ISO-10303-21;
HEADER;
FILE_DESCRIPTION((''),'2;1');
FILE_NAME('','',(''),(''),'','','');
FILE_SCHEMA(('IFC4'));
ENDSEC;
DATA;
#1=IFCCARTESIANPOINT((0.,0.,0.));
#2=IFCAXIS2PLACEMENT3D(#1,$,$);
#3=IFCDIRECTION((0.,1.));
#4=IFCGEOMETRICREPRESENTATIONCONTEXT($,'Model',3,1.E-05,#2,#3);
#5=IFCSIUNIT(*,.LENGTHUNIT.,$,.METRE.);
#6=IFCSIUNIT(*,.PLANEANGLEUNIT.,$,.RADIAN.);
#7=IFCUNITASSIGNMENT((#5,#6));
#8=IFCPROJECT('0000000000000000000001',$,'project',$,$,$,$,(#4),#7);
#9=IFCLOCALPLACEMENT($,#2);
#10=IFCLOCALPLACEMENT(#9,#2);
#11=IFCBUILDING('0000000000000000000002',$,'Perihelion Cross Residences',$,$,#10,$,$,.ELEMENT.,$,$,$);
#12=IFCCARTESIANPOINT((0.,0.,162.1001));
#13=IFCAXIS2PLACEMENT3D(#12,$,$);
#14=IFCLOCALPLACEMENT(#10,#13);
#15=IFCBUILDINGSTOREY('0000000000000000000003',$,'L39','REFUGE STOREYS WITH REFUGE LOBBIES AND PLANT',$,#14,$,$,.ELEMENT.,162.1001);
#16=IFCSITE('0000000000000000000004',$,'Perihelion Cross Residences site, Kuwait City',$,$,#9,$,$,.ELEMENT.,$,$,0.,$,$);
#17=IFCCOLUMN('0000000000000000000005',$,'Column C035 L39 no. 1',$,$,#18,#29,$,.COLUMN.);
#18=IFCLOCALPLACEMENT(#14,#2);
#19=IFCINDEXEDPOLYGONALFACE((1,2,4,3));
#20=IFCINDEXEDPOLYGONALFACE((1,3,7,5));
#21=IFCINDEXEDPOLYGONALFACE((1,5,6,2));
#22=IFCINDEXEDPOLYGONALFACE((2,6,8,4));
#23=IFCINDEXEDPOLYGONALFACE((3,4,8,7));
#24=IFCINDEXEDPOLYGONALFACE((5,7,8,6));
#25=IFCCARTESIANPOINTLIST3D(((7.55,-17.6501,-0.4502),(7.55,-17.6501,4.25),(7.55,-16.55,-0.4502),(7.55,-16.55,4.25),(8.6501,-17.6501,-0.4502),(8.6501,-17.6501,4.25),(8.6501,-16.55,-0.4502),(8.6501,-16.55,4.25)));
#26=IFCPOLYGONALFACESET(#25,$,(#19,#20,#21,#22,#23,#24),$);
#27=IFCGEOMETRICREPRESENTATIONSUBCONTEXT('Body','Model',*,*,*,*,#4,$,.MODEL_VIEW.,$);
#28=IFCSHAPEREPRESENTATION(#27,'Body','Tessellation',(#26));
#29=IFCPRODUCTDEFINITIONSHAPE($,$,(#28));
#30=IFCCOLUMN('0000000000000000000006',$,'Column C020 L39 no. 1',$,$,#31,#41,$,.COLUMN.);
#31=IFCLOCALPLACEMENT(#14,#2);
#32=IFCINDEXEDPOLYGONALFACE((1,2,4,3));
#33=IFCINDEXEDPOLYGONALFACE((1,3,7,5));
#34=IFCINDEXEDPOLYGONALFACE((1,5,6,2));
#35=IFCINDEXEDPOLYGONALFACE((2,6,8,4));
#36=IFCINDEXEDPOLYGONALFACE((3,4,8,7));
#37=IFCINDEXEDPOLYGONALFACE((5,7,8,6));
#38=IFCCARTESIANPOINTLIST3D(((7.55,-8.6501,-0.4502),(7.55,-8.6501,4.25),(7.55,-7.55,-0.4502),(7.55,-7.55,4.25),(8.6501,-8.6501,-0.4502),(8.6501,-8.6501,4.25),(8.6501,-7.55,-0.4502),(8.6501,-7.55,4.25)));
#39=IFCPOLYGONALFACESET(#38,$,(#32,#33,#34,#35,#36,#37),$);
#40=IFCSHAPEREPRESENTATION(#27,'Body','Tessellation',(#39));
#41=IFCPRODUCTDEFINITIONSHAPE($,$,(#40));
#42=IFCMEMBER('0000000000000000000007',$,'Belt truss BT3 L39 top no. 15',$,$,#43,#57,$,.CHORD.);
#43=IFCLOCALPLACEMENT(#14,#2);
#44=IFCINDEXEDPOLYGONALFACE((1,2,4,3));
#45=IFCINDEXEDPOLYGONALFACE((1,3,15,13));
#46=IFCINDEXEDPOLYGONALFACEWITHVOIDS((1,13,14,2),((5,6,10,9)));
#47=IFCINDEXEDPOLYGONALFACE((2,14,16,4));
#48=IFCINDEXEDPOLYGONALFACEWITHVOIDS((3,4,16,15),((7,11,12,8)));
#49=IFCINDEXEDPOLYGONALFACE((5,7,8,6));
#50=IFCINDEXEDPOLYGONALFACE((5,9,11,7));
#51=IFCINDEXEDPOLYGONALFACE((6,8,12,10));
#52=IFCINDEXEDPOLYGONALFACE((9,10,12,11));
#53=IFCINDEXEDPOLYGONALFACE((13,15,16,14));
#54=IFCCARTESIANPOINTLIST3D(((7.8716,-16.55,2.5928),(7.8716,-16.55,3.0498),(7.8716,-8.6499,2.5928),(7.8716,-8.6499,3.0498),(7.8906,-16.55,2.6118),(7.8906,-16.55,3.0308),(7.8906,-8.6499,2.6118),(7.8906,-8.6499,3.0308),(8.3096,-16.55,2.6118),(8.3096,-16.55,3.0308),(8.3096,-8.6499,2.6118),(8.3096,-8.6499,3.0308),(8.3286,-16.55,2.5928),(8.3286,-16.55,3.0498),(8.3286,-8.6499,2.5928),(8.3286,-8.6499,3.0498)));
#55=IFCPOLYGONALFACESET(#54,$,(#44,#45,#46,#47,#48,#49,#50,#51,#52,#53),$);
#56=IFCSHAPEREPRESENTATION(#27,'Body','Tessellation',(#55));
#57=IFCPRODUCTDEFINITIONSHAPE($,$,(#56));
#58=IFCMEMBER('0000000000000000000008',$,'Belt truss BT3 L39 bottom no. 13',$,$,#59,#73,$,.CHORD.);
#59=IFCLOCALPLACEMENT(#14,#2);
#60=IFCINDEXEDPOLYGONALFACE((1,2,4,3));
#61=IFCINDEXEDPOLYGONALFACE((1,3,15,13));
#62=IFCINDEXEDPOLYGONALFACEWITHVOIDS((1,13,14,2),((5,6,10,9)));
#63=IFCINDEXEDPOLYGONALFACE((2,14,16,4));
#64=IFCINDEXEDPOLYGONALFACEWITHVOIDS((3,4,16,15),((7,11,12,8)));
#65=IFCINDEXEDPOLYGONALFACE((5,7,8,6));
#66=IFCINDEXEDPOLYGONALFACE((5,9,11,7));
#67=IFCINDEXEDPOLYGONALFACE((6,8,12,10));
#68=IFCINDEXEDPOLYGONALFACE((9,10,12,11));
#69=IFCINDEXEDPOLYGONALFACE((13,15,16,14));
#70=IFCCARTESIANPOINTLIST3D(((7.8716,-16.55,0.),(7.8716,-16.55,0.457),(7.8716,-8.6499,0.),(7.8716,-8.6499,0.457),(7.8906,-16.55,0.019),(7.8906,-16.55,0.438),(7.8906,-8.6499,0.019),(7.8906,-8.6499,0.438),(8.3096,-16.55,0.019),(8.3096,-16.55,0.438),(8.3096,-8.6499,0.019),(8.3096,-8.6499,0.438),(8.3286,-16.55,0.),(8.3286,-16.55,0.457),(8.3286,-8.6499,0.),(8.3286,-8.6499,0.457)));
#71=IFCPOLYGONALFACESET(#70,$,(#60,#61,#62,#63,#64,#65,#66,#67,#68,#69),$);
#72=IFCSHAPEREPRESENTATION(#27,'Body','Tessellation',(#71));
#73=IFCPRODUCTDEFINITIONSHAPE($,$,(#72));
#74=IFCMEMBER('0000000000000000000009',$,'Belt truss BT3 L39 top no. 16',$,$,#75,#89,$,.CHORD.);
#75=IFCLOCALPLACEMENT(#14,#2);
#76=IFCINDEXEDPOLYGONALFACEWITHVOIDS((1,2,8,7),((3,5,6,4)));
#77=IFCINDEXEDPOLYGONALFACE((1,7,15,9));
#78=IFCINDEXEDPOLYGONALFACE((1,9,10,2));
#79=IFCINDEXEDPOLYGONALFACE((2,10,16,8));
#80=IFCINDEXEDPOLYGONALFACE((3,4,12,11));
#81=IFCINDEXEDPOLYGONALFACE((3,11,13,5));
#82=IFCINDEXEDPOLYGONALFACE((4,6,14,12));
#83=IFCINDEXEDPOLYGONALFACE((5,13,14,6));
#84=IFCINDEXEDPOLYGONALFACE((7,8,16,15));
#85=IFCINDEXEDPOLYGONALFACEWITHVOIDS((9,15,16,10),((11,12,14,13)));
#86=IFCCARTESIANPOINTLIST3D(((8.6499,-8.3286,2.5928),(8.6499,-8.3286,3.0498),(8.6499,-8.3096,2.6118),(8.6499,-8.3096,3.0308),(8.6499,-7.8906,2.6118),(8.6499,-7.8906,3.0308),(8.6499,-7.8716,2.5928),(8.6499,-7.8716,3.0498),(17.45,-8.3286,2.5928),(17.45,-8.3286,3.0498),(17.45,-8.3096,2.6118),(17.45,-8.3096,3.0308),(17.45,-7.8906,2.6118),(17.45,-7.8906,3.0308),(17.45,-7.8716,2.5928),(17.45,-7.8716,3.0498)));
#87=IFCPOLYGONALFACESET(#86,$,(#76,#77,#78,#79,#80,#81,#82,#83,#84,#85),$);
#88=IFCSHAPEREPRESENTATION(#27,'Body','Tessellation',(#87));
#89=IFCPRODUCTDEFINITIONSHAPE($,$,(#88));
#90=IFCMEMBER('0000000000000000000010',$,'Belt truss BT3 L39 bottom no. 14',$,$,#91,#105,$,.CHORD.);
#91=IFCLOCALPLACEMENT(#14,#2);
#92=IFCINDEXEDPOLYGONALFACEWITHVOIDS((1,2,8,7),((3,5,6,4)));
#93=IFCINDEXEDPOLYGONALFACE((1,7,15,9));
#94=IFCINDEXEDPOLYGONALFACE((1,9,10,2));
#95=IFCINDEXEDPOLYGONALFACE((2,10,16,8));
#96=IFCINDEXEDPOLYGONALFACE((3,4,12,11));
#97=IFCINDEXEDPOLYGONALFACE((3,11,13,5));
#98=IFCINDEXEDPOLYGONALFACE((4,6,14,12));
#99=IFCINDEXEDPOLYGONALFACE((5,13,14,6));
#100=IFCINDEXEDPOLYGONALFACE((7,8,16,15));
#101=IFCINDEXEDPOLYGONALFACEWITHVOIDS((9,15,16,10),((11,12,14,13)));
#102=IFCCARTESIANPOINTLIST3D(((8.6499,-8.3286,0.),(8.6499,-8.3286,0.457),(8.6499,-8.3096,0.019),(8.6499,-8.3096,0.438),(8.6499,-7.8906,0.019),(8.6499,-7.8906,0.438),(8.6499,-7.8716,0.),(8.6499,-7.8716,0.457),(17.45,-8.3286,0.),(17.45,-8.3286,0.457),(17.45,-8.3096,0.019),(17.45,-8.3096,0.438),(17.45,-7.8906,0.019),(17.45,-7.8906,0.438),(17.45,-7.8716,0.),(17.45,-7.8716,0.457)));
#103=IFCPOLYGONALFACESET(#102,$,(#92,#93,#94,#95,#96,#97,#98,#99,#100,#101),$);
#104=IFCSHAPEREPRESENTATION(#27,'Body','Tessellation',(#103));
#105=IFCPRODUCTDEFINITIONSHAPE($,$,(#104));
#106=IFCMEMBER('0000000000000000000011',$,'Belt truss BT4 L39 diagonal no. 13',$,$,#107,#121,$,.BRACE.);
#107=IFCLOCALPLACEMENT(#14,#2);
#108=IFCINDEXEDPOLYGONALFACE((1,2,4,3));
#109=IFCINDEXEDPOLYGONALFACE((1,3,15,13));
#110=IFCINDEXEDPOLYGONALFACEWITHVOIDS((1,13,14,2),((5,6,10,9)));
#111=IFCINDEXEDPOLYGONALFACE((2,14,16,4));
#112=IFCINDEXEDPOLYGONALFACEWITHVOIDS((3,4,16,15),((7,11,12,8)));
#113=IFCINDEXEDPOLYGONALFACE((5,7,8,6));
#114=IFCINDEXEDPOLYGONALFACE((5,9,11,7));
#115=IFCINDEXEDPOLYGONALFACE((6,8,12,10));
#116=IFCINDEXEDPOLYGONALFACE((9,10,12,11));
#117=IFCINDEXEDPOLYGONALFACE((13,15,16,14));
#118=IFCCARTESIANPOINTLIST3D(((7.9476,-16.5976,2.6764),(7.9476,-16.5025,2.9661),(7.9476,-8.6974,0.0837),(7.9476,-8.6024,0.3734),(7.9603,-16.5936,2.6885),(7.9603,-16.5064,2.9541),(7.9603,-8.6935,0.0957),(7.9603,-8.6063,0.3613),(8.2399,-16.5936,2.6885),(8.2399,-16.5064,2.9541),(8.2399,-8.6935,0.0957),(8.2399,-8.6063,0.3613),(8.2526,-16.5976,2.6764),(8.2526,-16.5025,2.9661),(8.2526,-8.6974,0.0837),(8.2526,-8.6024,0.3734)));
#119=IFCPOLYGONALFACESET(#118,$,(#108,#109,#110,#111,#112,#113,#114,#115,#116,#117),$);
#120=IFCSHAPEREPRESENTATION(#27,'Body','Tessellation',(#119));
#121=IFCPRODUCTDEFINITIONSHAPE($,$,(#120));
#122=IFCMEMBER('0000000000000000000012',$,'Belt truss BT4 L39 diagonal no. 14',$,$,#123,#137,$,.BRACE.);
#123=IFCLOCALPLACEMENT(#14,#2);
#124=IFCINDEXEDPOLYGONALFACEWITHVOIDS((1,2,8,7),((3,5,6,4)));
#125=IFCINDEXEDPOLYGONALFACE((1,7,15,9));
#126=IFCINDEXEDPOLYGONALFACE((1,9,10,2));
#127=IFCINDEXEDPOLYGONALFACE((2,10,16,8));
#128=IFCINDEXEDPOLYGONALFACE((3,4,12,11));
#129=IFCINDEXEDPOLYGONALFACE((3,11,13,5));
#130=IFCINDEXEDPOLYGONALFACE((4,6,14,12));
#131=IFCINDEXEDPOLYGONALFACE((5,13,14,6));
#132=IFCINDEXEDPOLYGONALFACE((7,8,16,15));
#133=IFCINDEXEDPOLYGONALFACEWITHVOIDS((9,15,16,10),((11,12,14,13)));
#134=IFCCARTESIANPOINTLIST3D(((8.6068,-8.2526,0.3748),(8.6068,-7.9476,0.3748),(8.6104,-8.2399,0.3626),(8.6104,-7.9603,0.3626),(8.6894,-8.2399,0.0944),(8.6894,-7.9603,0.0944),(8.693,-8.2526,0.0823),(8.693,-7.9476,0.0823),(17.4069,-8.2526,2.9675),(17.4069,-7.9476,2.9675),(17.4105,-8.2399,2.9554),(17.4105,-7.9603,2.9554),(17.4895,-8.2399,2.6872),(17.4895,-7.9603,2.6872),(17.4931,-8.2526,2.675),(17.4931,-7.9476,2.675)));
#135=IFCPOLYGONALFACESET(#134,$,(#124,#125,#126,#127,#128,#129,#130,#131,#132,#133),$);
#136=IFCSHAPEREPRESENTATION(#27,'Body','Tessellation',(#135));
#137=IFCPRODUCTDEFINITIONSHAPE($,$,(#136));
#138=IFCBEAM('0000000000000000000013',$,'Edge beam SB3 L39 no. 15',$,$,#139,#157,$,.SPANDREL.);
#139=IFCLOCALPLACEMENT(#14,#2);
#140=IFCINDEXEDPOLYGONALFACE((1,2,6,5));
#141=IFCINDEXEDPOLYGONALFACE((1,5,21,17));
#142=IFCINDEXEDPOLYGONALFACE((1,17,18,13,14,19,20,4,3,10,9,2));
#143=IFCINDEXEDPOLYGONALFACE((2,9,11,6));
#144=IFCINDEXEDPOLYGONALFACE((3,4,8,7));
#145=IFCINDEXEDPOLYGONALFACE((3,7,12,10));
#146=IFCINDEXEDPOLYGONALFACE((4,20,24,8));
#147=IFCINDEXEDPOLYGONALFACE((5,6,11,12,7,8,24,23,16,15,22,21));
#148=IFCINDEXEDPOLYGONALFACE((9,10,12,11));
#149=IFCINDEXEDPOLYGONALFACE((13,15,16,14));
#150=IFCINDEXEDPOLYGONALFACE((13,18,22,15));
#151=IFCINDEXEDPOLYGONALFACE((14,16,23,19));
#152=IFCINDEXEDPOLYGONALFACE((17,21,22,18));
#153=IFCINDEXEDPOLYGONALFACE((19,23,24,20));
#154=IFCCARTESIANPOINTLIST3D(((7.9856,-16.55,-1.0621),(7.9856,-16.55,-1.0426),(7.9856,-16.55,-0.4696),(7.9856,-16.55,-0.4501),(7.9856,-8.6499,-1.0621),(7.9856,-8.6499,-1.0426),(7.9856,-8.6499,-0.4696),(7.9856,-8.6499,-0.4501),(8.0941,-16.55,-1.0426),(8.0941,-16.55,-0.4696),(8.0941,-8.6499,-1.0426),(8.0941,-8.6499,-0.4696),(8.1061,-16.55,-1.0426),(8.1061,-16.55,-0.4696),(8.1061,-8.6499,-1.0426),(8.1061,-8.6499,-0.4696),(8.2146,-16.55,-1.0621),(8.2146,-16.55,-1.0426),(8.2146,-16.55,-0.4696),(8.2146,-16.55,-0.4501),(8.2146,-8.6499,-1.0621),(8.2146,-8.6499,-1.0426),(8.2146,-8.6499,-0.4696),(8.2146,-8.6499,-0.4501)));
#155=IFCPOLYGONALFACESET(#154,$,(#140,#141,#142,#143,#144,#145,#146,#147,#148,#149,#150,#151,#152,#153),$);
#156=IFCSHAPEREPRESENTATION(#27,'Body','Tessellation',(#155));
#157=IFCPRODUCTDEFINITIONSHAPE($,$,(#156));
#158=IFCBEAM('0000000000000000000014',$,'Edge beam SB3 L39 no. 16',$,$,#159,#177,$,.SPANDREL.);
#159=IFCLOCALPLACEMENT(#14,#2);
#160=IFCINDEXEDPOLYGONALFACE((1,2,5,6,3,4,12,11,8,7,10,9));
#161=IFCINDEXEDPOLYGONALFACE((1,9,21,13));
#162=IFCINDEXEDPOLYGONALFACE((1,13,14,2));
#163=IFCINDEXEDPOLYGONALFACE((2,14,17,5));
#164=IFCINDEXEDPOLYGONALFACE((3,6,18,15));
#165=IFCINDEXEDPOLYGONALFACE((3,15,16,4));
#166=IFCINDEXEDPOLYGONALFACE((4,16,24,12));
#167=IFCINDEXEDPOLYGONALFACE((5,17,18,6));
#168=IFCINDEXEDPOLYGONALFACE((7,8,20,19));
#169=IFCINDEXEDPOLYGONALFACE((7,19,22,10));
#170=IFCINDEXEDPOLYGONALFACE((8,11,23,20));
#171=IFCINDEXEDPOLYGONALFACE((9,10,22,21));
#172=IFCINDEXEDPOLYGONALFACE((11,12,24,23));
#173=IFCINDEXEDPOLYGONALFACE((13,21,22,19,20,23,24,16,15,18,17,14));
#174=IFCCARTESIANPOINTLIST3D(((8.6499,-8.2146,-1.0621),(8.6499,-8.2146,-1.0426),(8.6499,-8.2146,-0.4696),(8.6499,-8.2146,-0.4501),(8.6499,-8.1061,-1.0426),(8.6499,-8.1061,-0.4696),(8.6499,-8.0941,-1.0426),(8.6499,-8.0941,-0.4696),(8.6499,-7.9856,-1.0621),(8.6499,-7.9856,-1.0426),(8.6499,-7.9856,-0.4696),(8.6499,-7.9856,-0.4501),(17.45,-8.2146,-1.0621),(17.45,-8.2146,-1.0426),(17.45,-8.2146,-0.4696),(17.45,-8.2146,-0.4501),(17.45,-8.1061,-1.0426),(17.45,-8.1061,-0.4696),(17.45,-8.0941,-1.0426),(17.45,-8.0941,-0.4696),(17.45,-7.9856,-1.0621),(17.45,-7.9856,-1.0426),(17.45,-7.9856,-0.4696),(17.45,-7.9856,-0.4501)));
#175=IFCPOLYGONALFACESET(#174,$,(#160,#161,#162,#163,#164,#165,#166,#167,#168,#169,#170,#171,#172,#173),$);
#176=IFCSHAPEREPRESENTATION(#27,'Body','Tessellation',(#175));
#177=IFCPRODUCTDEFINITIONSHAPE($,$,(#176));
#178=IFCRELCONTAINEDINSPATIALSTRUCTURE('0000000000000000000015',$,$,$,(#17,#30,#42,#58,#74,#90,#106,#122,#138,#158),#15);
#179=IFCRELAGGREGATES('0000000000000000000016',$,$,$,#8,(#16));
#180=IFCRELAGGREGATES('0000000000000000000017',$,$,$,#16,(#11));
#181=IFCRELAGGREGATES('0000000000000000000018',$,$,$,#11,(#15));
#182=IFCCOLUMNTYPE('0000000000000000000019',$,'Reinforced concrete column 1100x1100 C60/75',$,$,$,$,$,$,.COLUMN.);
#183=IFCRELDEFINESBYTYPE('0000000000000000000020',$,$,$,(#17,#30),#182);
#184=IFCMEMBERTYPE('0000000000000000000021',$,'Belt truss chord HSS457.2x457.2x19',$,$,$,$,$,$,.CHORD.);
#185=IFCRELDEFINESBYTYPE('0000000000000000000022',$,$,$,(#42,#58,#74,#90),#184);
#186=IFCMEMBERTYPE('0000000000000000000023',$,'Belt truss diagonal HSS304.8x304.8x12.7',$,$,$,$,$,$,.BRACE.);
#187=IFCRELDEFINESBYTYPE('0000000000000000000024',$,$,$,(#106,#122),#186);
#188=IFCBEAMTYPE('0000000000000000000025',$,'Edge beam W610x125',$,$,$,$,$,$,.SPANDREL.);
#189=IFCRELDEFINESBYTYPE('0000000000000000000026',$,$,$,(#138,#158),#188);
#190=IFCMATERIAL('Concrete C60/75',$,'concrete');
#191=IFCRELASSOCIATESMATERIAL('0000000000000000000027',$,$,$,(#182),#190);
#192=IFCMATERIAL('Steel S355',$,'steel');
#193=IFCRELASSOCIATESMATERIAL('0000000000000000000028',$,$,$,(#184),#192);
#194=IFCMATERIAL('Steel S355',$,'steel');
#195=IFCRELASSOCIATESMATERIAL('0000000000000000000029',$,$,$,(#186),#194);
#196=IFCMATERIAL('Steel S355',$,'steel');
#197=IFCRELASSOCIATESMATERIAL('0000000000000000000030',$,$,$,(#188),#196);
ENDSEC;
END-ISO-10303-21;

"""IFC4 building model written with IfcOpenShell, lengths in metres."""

from ifc_helpers import new_model, si_unit, direction, frame, origin, origin_2d, place, context, subcontext, project, spatial, rectangle, hollow_rectangle, i_section, extrude, material, material_profile, profile_set, type_object, element, save


model = new_model("IFC4")

# Units and contexts
model_context = context("Model", 3, precision=1e-05, world=origin(), true_north=direction((0.0, 1.0)))
body_context = subcontext(model_context, "Body", "Model", "MODEL_VIEW")
ifc_project = project(units=[si_unit("LENGTHUNIT", "METRE"), si_unit("PLANEANGLEUNIT", "RADIAN")], contexts=[model_context])

# Site, building, storey
site_placement = place(None, origin())
site = spatial("IfcSite", under=ifc_project, at=site_placement, Name="Perihelion Cross Residences site, Kuwait City", CompositionType="ELEMENT", RefElevation=0.0)
building_placement = place(site_placement, origin())
building = spatial("IfcBuilding", under=site, at=building_placement, Name="Perihelion Cross Residences", CompositionType="ELEMENT")
storey_placement = place(building_placement, frame((0.0, 0.0, 162.1001)))
storey = spatial("IfcBuildingStorey", under=building, at=storey_placement, Name="L39", Description="REFUGE STOREYS WITH REFUGE LOBBIES AND PLANT", CompositionType="ELEMENT", Elevation=162.1001)

# Columns
ifc_material_1 = material(Name="Concrete C60/75", Category="concrete")
ifc_material_profile_1 = material_profile(ifc_material_1, rectangle(XDim=1.1001, YDim=1.1001, at=origin_2d()), Name="RC 1100x1100")
ifc_profile_set_1 = profile_set([ifc_material_profile_1], Name="Concrete C60/75")
column_type = type_object("IfcColumnType", Name="Reinforced concrete column 1100x1100 C60/75", PredefinedType="COLUMN", material=ifc_profile_set_1)
for number, where, z_axis, x_axis, name in (
    (1, (8.1001, -17.1001, -0.4502), (0.0, 0.0, 1.0), (1.0, 0.0, 0.0), "Column C035 L39 no. 1"),
    (2, (8.1001, -8.1001, -0.4502), (0.0, 0.0, 1.0), (1.0, 0.0, 0.0), "Column C020 L39 no. 1"),
):
    element("IfcColumn", number, at=place(storey_placement, frame(where, z_axis=z_axis, x_axis=x_axis)), inside=storey, type_object=column_type, Name=name, PredefinedType="COLUMN", context=body_context, shape_type="SweptSolid", body=[
        extrude(rectangle(XDim=1.1001, YDim=1.1001, at=origin_2d()), origin(), (0.0, 0.0, 1.0), 4.7002),
    ])

# Members
ifc_material_2 = material(Name="Steel S355", Category="steel")
ifc_material_profile_2 = material_profile(ifc_material_2, hollow_rectangle(XDim=0.457, YDim=0.457, WallThickness=0.019, at=origin_2d()), Name="HSS457.2x457.2x19")
ifc_profile_set_2 = profile_set([ifc_material_profile_2], Name="Steel S355")
member_type_1 = type_object("IfcMemberType", Name="Belt truss chord HSS457.2x457.2x19", PredefinedType="CHORD", material=ifc_profile_set_2)
for number, where, z_axis, x_axis, name in (
    (3, (8.1001, -16.55, 2.8213), (0.0, 1.0, 0.0), (-1.0, 0.0, 0.0), "Belt truss BT3 L39 top no. 15"),
    (4, (8.1001, -16.55, 0.2285), (0.0, 1.0, 0.0), (-1.0, 0.0, 0.0), "Belt truss BT3 L39 bottom no. 13"),
):
    element("IfcMember", number, at=place(storey_placement, frame(where, z_axis=z_axis, x_axis=x_axis)), inside=storey, type_object=member_type_1, Name=name, PredefinedType="CHORD", context=body_context, shape_type="SweptSolid", body=[
        extrude(hollow_rectangle(XDim=0.457, YDim=0.457, WallThickness=0.019, at=origin_2d()), origin(), (0.0, 0.0, 1.0), 7.9001),
    ])
for number, where, z_axis, x_axis, name in (
    (5, (8.6499, -8.1001, 2.8213), (1.0, 0.0, 0.0), (0.0, 1.0, 0.0), "Belt truss BT3 L39 top no. 16"),
    (6, (8.6499, -8.1001, 0.2285), (1.0, 0.0, 0.0), (0.0, 1.0, 0.0), "Belt truss BT3 L39 bottom no. 14"),
):
    element("IfcMember", number, at=place(storey_placement, frame(where, z_axis=z_axis, x_axis=x_axis)), inside=storey, type_object=member_type_1, Name=name, PredefinedType="CHORD", context=body_context, shape_type="SweptSolid", body=[
        extrude(hollow_rectangle(XDim=0.457, YDim=0.457, WallThickness=0.019, at=origin_2d()), origin(), (0.0, 0.0, 1.0), 8.8),
    ])
ifc_material_3 = material(Name="Steel S355", Category="steel")
ifc_material_profile_3 = material_profile(ifc_material_3, hollow_rectangle(XDim=0.3049, YDim=0.3049, WallThickness=0.0127, at=origin_2d()), Name="HSS304.8x304.8x12.7")
ifc_profile_set_3 = profile_set([ifc_material_profile_3], Name="Steel S355")
member_type_2 = type_object("IfcMemberType", Name="Belt truss diagonal HSS304.8x304.8x12.7", PredefinedType="BRACE", material=ifc_profile_set_3)
member_1_placement = place(storey_placement, frame((8.1001, -8.6499, 0.2285), z_axis=(0.0, -0.950138, 0.311829), x_axis=(1.0, 0.0, 0.0)))
element("IfcMember", 7, at=member_1_placement, inside=storey, type_object=member_type_2, Name="Belt truss BT4 L39 diagonal no. 13", PredefinedType="BRACE", context=body_context, shape_type="SweptSolid", body=[
    extrude(hollow_rectangle(XDim=0.3049, YDim=0.3049, WallThickness=0.0127, at=origin_2d()), origin(), (0.0, 0.0, 1.0), 8.3147),
])
member_2_placement = place(storey_placement, frame((8.6499, -8.1001, 0.2285), z_axis=(0.959232, 0.0, 0.28262), x_axis=(0.0, 1.0, 0.0)))
element("IfcMember", 8, at=member_2_placement, inside=storey, type_object=member_type_2, Name="Belt truss BT4 L39 diagonal no. 14", PredefinedType="BRACE", context=body_context, shape_type="SweptSolid", body=[
    extrude(hollow_rectangle(XDim=0.3049, YDim=0.3049, WallThickness=0.0127, at=origin_2d()), origin(), (0.0, 0.0, 1.0), 9.1741),
])

# Beams
ifc_material_4 = material(Name="Steel S355", Category="steel")
ifc_material_profile_4 = material_profile(ifc_material_4, i_section(OverallWidth=0.229, OverallDepth=0.6121, WebThickness=0.012, FlangeThickness=0.0195, at=origin_2d()), Name="W610x125")
ifc_profile_set_4 = profile_set([ifc_material_profile_4], Name="Steel S355")
beam_type_1 = type_object("IfcBeamType", Name="Edge beam W610x125", PredefinedType="SPANDREL", material=ifc_profile_set_4)
beam_1_placement = place(storey_placement, frame((8.1001, -16.55, -0.7561), z_axis=(0.0, 1.0, 0.0), x_axis=(-1.0, 0.0, 0.0)))
element("IfcBeam", 9, at=beam_1_placement, inside=storey, type_object=beam_type_1, Name="Edge beam SB3 L39 no. 15", PredefinedType="SPANDREL", context=body_context, shape_type="SweptSolid", body=[
    extrude(i_section(OverallWidth=0.229, OverallDepth=0.6121, WebThickness=0.012, FlangeThickness=0.0195, at=origin_2d()), origin(), (0.0, 0.0, 1.0), 7.9001),
])
beam_2_placement = place(storey_placement, frame((8.6499, -8.1001, -0.7561), z_axis=(1.0, 0.0, 0.0), x_axis=(0.0, 1.0, 0.0)))
element("IfcBeam", 10, at=beam_2_placement, inside=storey, type_object=beam_type_1, Name="Edge beam SB3 L39 no. 16", PredefinedType="SPANDREL", context=body_context, shape_type="SweptSolid", body=[
    extrude(i_section(OverallWidth=0.229, OverallDepth=0.6121, WebThickness=0.012, FlangeThickness=0.0195, at=origin_2d()), origin(), (0.0, 0.0, 1.0), 8.8),
])

save(model, "model.ifc")
